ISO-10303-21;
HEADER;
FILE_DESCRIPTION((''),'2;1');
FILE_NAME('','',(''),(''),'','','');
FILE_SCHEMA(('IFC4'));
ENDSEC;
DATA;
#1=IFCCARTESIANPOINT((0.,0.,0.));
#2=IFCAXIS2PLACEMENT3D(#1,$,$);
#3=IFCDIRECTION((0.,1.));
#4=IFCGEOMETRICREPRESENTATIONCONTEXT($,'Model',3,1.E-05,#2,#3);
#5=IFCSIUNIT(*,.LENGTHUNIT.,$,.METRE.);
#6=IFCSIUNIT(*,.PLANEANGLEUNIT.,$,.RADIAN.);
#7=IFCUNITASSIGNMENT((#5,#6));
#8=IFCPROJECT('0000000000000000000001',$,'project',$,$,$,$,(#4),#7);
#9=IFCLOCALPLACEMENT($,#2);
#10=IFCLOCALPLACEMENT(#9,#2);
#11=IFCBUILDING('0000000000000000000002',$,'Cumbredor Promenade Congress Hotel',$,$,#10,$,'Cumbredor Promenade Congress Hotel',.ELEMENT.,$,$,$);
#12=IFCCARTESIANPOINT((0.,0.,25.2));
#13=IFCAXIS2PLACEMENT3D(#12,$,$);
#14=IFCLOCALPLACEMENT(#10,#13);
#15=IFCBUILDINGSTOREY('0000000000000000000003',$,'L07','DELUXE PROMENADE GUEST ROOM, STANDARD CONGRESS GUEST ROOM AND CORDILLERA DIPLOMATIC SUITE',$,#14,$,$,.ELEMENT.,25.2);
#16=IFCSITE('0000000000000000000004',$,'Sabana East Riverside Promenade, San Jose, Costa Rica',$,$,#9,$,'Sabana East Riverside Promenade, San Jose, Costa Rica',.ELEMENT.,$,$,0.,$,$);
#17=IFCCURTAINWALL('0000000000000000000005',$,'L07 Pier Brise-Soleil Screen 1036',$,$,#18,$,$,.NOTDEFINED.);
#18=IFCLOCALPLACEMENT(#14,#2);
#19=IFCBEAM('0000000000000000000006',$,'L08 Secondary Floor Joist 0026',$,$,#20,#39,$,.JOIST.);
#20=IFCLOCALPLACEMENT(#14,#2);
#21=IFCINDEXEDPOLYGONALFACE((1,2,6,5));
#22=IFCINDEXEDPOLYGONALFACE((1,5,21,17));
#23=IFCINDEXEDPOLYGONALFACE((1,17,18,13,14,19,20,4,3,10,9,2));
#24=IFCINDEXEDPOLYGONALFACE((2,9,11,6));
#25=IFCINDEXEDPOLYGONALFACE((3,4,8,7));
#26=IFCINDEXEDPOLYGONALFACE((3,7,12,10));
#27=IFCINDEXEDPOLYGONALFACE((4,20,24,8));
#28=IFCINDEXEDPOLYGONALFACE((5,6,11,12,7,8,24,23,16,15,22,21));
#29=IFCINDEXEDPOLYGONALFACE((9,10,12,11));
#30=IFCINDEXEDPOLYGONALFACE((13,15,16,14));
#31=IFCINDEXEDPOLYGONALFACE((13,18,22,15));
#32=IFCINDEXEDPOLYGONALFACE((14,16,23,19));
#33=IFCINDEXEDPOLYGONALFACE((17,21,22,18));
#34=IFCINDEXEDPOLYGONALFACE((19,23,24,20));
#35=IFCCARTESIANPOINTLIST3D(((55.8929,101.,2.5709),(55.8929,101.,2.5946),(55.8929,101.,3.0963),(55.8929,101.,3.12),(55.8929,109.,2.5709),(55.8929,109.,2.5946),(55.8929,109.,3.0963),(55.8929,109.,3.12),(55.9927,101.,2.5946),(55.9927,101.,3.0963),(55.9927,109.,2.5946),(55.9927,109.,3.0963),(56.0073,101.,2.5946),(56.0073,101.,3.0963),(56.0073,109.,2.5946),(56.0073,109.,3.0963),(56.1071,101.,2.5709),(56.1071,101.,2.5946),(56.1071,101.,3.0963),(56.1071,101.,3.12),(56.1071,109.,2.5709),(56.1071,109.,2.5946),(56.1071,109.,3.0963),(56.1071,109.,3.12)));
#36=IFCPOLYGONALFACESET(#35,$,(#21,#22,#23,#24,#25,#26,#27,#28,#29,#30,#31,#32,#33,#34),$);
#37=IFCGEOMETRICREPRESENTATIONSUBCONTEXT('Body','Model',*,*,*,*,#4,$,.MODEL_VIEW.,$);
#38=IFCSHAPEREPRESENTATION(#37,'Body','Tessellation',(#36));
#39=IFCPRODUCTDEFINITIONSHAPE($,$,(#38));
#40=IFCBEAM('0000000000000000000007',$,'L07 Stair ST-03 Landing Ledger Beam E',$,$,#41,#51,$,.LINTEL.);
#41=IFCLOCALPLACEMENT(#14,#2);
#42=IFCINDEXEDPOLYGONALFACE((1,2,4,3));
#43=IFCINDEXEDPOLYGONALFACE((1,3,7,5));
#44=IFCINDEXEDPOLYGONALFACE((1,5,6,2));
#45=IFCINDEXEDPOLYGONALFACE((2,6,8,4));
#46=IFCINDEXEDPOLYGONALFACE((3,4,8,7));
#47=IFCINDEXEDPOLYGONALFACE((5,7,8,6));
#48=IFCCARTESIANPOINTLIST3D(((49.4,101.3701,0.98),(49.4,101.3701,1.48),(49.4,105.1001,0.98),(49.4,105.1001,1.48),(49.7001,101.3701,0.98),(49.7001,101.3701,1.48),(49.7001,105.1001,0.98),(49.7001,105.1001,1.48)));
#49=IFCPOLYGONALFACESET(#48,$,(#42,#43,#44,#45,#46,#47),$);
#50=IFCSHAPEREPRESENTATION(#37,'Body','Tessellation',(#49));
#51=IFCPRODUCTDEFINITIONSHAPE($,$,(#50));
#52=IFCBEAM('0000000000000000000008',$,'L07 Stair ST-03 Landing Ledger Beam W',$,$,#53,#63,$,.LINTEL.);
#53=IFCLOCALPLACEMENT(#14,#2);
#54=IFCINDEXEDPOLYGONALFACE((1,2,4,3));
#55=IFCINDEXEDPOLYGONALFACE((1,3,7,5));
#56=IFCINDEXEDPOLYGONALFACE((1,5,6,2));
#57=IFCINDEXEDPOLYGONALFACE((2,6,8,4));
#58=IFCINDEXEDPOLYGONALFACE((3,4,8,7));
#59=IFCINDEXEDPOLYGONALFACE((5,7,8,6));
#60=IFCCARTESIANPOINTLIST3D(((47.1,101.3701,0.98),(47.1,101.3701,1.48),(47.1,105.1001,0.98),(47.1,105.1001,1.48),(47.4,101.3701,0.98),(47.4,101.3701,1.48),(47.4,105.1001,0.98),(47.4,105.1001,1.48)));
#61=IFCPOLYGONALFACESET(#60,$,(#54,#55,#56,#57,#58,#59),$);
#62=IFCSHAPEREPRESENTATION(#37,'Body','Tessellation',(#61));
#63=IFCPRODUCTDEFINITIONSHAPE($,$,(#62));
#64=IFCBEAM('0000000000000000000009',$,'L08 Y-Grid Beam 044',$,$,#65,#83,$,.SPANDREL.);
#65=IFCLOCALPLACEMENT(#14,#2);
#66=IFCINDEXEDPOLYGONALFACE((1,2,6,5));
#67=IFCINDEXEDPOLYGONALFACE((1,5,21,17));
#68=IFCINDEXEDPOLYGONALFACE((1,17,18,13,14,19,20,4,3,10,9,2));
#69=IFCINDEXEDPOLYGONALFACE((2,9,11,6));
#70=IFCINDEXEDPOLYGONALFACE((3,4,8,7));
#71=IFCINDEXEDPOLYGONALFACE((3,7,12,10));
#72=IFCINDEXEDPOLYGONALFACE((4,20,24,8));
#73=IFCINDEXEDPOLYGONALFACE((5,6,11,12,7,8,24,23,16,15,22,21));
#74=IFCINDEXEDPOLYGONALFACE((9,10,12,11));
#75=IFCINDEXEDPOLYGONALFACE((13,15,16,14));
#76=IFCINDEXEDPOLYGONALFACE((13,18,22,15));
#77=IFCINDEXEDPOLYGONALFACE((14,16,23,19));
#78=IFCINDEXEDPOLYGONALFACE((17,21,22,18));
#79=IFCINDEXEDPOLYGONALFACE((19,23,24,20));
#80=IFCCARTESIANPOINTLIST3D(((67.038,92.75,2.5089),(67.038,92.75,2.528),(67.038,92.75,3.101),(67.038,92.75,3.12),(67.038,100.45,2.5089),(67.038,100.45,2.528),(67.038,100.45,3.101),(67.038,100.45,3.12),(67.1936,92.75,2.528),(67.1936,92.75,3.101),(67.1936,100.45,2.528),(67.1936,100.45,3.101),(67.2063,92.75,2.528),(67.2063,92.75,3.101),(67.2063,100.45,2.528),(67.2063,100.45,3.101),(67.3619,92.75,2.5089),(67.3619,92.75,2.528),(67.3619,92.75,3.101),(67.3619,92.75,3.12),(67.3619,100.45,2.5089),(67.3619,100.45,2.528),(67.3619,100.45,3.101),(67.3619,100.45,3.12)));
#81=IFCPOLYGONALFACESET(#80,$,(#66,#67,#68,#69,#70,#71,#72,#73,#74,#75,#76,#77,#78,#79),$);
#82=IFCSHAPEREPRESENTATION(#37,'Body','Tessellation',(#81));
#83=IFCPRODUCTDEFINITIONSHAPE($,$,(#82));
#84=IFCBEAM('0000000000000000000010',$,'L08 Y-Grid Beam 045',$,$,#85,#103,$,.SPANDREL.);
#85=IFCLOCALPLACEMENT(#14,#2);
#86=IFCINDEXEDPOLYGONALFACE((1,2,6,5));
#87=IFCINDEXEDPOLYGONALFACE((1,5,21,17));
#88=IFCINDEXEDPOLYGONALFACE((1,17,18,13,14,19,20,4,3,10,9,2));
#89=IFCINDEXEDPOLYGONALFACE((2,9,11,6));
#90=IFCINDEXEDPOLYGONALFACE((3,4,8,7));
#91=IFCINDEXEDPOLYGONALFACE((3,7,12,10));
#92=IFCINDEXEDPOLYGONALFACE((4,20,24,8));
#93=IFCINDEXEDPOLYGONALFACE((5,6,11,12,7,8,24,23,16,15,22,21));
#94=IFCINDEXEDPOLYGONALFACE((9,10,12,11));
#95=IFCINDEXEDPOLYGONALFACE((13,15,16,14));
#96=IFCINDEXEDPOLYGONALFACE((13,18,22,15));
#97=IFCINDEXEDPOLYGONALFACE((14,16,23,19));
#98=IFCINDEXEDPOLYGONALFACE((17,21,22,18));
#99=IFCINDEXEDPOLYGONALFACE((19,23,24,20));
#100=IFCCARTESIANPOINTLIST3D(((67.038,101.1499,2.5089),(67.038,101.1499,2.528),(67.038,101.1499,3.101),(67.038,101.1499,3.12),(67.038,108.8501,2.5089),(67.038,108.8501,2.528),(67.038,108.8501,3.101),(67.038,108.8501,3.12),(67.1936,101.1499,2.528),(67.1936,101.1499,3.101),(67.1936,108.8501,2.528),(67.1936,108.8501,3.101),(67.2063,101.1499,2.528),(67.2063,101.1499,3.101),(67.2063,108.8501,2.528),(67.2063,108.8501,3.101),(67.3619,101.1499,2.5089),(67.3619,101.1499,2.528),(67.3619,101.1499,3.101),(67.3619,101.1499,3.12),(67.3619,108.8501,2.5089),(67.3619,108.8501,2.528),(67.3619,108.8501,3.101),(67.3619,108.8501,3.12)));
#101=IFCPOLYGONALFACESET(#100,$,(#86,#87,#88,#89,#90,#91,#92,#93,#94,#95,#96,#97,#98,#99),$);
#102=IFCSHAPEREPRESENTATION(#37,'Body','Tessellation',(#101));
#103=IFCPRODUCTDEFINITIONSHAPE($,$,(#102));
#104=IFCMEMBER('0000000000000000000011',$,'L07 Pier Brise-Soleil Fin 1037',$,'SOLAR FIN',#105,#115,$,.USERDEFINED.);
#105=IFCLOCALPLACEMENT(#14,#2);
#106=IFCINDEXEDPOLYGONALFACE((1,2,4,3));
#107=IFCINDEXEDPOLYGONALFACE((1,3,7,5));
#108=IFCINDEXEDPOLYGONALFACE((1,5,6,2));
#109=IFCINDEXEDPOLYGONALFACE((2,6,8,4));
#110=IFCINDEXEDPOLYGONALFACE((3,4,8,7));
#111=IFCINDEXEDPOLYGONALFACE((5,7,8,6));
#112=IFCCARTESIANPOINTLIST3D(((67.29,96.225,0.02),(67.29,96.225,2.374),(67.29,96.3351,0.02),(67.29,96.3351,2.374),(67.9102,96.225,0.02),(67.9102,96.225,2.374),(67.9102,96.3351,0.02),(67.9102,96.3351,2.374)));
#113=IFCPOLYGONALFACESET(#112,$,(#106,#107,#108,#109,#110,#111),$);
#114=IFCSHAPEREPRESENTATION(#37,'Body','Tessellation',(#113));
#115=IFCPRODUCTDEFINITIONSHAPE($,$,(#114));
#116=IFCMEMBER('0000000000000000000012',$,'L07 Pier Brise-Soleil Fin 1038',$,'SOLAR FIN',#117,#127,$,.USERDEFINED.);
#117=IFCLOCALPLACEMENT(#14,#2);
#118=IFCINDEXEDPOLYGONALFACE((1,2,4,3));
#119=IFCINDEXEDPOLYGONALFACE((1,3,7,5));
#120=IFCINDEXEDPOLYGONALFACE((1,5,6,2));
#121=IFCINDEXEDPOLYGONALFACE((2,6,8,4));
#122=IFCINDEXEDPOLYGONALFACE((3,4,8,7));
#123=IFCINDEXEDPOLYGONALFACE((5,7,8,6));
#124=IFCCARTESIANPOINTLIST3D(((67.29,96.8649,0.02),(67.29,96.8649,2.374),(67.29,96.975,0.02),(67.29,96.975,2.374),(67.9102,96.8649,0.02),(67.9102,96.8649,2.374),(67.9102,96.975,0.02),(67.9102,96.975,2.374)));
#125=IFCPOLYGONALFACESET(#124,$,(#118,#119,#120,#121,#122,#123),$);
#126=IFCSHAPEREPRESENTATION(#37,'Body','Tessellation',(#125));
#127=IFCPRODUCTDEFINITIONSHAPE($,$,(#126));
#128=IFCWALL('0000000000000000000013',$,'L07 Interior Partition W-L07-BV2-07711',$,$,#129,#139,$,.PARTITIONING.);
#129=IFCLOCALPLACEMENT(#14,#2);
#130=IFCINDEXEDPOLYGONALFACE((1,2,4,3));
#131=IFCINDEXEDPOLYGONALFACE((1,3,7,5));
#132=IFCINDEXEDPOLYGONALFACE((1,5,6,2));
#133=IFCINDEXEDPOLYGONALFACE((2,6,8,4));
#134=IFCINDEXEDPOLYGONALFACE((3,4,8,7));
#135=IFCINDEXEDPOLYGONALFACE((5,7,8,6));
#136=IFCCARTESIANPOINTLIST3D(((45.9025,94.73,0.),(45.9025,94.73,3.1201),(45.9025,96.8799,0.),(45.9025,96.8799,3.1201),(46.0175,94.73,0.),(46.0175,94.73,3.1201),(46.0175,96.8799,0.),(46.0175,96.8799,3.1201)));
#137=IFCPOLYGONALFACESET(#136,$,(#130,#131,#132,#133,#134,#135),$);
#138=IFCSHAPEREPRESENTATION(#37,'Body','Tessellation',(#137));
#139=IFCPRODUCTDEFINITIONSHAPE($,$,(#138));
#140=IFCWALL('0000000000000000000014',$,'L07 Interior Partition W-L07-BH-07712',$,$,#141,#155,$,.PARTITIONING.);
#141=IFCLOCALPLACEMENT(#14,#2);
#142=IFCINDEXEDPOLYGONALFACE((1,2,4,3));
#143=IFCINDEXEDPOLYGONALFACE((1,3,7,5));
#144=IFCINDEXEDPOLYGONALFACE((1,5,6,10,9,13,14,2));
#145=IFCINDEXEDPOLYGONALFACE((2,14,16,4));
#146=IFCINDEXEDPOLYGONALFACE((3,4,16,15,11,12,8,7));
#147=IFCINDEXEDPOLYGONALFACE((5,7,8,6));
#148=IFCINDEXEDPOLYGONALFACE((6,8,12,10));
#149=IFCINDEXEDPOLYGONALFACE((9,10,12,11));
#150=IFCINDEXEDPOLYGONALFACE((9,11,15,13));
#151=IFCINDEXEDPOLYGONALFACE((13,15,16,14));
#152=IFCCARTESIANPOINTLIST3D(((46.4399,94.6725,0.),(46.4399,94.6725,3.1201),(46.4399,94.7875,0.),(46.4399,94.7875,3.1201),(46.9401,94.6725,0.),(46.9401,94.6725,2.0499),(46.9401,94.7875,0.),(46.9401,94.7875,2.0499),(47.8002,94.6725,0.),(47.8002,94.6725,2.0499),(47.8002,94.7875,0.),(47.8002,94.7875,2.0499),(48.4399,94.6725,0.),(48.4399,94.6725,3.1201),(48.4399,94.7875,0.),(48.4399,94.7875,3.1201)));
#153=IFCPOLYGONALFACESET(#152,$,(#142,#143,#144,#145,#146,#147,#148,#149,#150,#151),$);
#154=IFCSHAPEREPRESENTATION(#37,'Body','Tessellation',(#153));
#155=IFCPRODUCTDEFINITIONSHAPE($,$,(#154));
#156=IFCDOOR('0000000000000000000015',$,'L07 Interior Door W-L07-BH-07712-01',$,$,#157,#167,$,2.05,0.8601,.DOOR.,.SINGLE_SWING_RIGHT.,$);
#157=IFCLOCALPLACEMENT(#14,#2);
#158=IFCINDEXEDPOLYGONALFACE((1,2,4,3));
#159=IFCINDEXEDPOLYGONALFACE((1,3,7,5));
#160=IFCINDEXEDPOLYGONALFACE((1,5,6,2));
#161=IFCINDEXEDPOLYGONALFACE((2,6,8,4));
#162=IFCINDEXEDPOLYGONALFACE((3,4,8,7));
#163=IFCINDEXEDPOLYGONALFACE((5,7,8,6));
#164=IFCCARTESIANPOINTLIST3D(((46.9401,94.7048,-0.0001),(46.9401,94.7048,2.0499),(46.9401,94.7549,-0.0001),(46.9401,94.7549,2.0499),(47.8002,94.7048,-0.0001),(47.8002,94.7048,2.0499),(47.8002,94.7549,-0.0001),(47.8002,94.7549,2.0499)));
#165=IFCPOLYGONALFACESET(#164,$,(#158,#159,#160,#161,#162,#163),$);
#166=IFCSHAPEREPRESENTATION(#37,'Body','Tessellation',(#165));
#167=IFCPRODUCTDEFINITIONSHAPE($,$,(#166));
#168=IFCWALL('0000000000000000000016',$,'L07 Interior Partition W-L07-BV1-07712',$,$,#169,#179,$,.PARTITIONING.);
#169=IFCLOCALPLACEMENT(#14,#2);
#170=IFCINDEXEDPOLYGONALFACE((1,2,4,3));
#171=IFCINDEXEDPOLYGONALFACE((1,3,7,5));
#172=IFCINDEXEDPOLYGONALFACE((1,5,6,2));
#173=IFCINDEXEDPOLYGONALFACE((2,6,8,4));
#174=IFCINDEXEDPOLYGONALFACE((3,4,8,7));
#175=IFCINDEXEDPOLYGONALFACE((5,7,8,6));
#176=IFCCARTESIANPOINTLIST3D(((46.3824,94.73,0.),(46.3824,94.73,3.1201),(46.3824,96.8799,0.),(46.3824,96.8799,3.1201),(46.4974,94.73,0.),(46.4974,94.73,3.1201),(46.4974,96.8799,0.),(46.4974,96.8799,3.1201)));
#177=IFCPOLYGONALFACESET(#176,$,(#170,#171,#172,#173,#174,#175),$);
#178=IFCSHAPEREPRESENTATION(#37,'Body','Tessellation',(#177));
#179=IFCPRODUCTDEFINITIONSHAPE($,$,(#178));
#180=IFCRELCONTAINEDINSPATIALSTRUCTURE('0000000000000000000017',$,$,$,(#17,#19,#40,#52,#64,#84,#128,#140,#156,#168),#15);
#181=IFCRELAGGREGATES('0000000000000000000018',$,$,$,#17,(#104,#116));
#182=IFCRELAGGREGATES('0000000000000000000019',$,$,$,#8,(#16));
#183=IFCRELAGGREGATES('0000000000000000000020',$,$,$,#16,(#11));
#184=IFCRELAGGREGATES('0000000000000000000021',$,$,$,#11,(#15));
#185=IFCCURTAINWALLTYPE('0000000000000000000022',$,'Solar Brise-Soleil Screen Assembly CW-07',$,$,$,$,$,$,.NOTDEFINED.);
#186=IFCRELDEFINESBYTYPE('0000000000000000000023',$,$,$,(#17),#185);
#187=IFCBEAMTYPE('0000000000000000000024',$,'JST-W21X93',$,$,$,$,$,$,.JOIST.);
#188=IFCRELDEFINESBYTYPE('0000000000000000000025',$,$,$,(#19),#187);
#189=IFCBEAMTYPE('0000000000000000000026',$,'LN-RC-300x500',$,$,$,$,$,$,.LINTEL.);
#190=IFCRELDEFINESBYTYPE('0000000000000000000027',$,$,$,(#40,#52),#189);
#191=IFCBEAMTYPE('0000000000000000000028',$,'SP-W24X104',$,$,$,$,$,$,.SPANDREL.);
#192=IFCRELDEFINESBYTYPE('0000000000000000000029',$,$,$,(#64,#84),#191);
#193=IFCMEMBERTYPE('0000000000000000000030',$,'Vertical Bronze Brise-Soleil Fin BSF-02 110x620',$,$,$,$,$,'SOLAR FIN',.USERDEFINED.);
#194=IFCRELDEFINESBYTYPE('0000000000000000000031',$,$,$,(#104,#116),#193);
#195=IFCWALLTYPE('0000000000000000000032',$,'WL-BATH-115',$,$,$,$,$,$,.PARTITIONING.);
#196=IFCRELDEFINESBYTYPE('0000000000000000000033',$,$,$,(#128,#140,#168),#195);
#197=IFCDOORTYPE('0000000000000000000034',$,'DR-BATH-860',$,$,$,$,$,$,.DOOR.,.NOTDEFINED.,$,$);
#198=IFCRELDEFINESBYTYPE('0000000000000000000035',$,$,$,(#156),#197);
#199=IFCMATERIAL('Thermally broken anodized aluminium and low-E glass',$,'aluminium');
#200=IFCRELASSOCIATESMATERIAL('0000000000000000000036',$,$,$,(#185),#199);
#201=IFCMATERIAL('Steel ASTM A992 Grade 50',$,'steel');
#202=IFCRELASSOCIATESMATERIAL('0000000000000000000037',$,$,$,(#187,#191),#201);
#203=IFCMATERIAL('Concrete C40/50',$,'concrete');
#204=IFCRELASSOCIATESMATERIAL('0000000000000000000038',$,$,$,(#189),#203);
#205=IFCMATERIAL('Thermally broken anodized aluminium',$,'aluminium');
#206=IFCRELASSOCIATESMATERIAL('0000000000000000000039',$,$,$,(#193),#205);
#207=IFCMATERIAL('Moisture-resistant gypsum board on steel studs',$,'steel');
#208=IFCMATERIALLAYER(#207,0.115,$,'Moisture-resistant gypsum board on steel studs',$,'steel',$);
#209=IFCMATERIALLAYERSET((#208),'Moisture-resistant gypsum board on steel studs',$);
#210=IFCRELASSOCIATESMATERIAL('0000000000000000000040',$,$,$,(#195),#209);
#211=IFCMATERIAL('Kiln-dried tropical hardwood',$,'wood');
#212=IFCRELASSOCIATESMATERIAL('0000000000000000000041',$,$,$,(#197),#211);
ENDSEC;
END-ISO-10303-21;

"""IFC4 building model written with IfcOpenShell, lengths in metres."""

from ifc_helpers import new_model, si_unit, direction, frame, frame_2d, origin, origin_2d, place, context, subcontext, project, spatial, rectangle, i_section, extrude, material, layer, layer_set, material_profile, profile_set, type_object, element, fill, aggregate, save


model = new_model("IFC4")

# Units and contexts
model_context = context("Model", 3, precision=1e-05, world=origin(), true_north=direction((0.0, 1.0)))
body_context = subcontext(model_context, "Body", "Model", "MODEL_VIEW")
ifc_project = project(units=[si_unit("LENGTHUNIT", "METRE"), si_unit("PLANEANGLEUNIT", "RADIAN")], contexts=[model_context])

# Site, building, storey
site_placement = place(None, origin())
site = spatial("IfcSite", under=ifc_project, at=site_placement, Name="Sabana East Riverside Promenade, San Jose, Costa Rica", LongName="Sabana East Riverside Promenade, San Jose, Costa Rica", CompositionType="ELEMENT", RefElevation=0.0)
building_placement = place(site_placement, origin())
building = spatial("IfcBuilding", under=site, at=building_placement, Name="Cumbredor Promenade Congress Hotel", LongName="Cumbredor Promenade Congress Hotel", CompositionType="ELEMENT")
storey_placement = place(building_placement, frame((0.0, 0.0, 25.2)))
storey = spatial("IfcBuildingStorey", under=building, at=storey_placement, Name="L07", Description="DELUXE PROMENADE GUEST ROOM, STANDARD CONGRESS GUEST ROOM AND CORDILLERA DIPLOMATIC SUITE", CompositionType="ELEMENT", Elevation=25.2)

# Shared definitions
ifc_material_1 = material(Name="Concrete C40/50", Category="concrete")

# Curtain wall
ifc_material_2 = material(Name="Thermally broken anodized aluminium and low-E glass", Category="aluminium")
curtain_wall_type = type_object("IfcCurtainWallType", Name="Solar Brise-Soleil Screen Assembly CW-07", PredefinedType="NOTDEFINED", material=ifc_material_2)
curtain_wall_placement = place(storey_placement, origin())
curtain_wall = element("IfcCurtainWall", 1, at=curtain_wall_placement, inside=storey, type_object=curtain_wall_type, Name="L07 Pier Brise-Soleil Screen 1036", PredefinedType="NOTDEFINED")
ifc_material_3 = material(Name="Thermally broken anodized aluminium", Category="aluminium")

# Beams
ifc_material_4 = material(Name="Steel ASTM A992 Grade 50", Category="steel")
ifc_material_profile_1 = material_profile(ifc_material_4, i_section(OverallWidth=0.2141, OverallDepth=0.5491, WebThickness=0.0146, FlangeThickness=0.0237, at=origin_2d()), Name="W21X93")
ifc_profile_set_1 = profile_set([ifc_material_profile_1], Name="Steel ASTM A992 Grade 50")
beam_type_1 = type_object("IfcBeamType", Name="JST-W21X93", PredefinedType="JOIST", material=ifc_profile_set_1)
for number, where, z_axis, x_axis, name in (
    (2, (56.0, 101.0, 2.8455), (0.0, 1.0, 0.0), (-1.0, 0.0, 0.0), "L08 Secondary Floor Joist 0026"),
):
    element("IfcBeam", number, at=place(storey_placement, frame(where, z_axis=z_axis, x_axis=x_axis)), inside=storey, type_object=beam_type_1, Name=name, PredefinedType="JOIST", context=body_context, shape_type="SweptSolid", body=[
        extrude(i_section(OverallWidth=0.2141, OverallDepth=0.5491, WebThickness=0.0146, FlangeThickness=0.0237, at=origin_2d()), origin(), (0.0, 0.0, 1.0), 8.0),
    ])
ifc_material_profile_2 = material_profile(ifc_material_1, rectangle(XDim=0.3, YDim=0.5, at=origin_2d()), Name="RC LINTEL 300x500")
ifc_profile_set_2 = profile_set([ifc_material_profile_2], Name="Concrete C40/50")
beam_type_2 = type_object("IfcBeamType", Name="LN-RC-300x500", PredefinedType="LINTEL", material=ifc_profile_set_2)
for number, where, z_axis, x_axis, name in (
    (3, (49.55, 101.3701, 1.23), (0.0, 1.0, 0.0), (-1.0, 0.0, 0.0), "L07 Stair ST-03 Landing Ledger Beam E"),
    (4, (47.25, 101.3701, 1.23), (0.0, 1.0, 0.0), (-1.0, 0.0, 0.0), "L07 Stair ST-03 Landing Ledger Beam W"),
):
    element("IfcBeam", number, at=place(storey_placement, frame(where, z_axis=z_axis, x_axis=x_axis)), inside=storey, type_object=beam_type_2, Name=name, PredefinedType="LINTEL", context=body_context, shape_type="SweptSolid", body=[
        extrude(rectangle(XDim=0.3, YDim=0.5, at=origin_2d()), origin(), (0.0, 0.0, 1.0), 3.73),
    ])
ifc_material_profile_3 = material_profile(ifc_material_4, i_section(OverallWidth=0.324, OverallDepth=0.6111, WebThickness=0.0127, FlangeThickness=0.019, at=origin_2d()), Name="W24X104")
ifc_profile_set_3 = profile_set([ifc_material_profile_3], Name="Steel ASTM A992 Grade 50")
beam_type_3 = type_object("IfcBeamType", Name="SP-W24X104", PredefinedType="SPANDREL", material=ifc_profile_set_3)
beam_1_placement = place(storey_placement, frame((67.2, 92.75, 2.8145), z_axis=(0.0, 1.0, 0.0), x_axis=(-1.0, 0.0, 0.0)))
element("IfcBeam", 5, at=beam_1_placement, inside=storey, type_object=beam_type_3, Name="L08 Y-Grid Beam 044", PredefinedType="SPANDREL", context=body_context, shape_type="SweptSolid", body=[
    extrude(i_section(OverallWidth=0.324, OverallDepth=0.6111, WebThickness=0.0127, FlangeThickness=0.019, at=origin_2d()), origin(), (0.0, 0.0, 1.0), 7.7),
])
beam_2_placement = place(storey_placement, frame((67.2, 101.1499, 2.8145), z_axis=(0.0, 1.0, 0.0), x_axis=(-1.0, 0.0, 0.0)))
element("IfcBeam", 6, at=beam_2_placement, inside=storey, type_object=beam_type_3, Name="L08 Y-Grid Beam 045", PredefinedType="SPANDREL", context=body_context, shape_type="SweptSolid", body=[
    extrude(i_section(OverallWidth=0.324, OverallDepth=0.6111, WebThickness=0.0127, FlangeThickness=0.019, at=origin_2d()), origin(), (0.0, 0.0, 1.0), 7.7002),
])

# Members
ifc_material_profile_4 = material_profile(ifc_material_3, rectangle(XDim=0.1101, YDim=0.6201, at=origin_2d()), Name="ARCH FIN 110x620")
ifc_profile_set_4 = profile_set([ifc_material_profile_4], Name="Thermally broken anodized aluminium")
member_type_1 = type_object("IfcMemberType", Name="Vertical Bronze Brise-Soleil Fin BSF-02 110x620", ElementType="SOLAR FIN", PredefinedType="USERDEFINED", material=ifc_profile_set_4)
member_1_placement = place(storey_placement, frame((67.6001, 96.28, 0.02), z_axis=(0.0, 0.0, 1.0), x_axis=(0.0, 1.0, 0.0)))
member_1 = element("IfcMember", 7, at=member_1_placement, type_object=member_type_1, Name="L07 Pier Brise-Soleil Fin 1037", ObjectType="SOLAR FIN", PredefinedType="USERDEFINED", context=body_context, shape_type="SweptSolid", body=[
    extrude(rectangle(XDim=0.1101, YDim=0.6201, at=origin_2d()), origin(), (0.0, 0.0, 1.0), 2.354),
])
member_2_placement = place(storey_placement, frame((67.6001, 96.9199, 0.02), z_axis=(0.0, 0.0, 1.0), x_axis=(0.0, 1.0, 0.0)))
member_2 = element("IfcMember", 8, at=member_2_placement, type_object=member_type_1, Name="L07 Pier Brise-Soleil Fin 1038", ObjectType="SOLAR FIN", PredefinedType="USERDEFINED", context=body_context, shape_type="SweptSolid", body=[
    extrude(rectangle(XDim=0.1101, YDim=0.6201, at=origin_2d()), origin(), (0.0, 0.0, 1.0), 2.354),
])
aggregate(curtain_wall, [member_1, member_2])

# Wall
ifc_material_5 = material(Name="Moisture-resistant gypsum board on steel studs", Category="steel")
ifc_layer_1 = layer(ifc_material_5, 0.115, Name="Moisture-resistant gypsum board on steel studs", Category="steel")
ifc_layer_set_1 = layer_set([ifc_layer_1], Name="Moisture-resistant gypsum board on steel studs")
wall_type_1 = type_object("IfcWallType", Name="WL-BATH-115", PredefinedType="PARTITIONING", material=ifc_layer_set_1)
wall_1_placement = place(storey_placement, frame((45.96, 94.73, 0.0), z_axis=(0.0, 0.0, 1.0), x_axis=(0.0, 1.0, 0.0)))
element("IfcWall", 9, at=wall_1_placement, inside=storey, type_object=wall_type_1, Name="L07 Interior Partition W-L07-BV2-07711", PredefinedType="PARTITIONING", context=body_context, shape_type="SweptSolid", body=[
    extrude(rectangle(XDim=2.1499, YDim=0.115, at=frame_2d((1.075, 0.0))), origin(), (0.0, 0.0, 1.0), 3.1201),
])

# Wall, opening, door
wall_2_placement = place(storey_placement, frame((46.4399, 94.73, 0.0), z_axis=(0.0, 0.0, 1.0), x_axis=(1.0, 0.0, 0.0)))
wall_2 = element("IfcWall", 10, at=wall_2_placement, inside=storey, type_object=wall_type_1, Name="L07 Interior Partition W-L07-BH-07712", PredefinedType="PARTITIONING", context=body_context, shape_type="SweptSolid", body=[
    extrude(rectangle(XDim=2.0, YDim=0.115, at=frame_2d((1.0, 0.0))), origin(), (0.0, 0.0, 1.0), 3.1201),
])
opening_1_placement = place(wall_2_placement, frame((0.5, 0.0, 0.0)))
opening_1 = element("IfcOpeningElement", 11, at=opening_1_placement, cuts=wall_2, PredefinedType="OPENING", context=body_context, shape_type="SweptSolid", body=[
    extrude(rectangle(XDim=0.8601, YDim=2.05, at=frame_2d((0.4302, 1.0249))), frame((0.0, 0.0674, 0.0), z_axis=(0.0, -1.0, 0.0), x_axis=(1.0, 0.0, 0.0)), (0.0, 0.0, 1.0), 0.135),
])
ifc_material_6 = material(Name="Kiln-dried tropical hardwood", Category="wood")
door_type = type_object("IfcDoorType", Name="DR-BATH-860", OperationType="NOTDEFINED", PredefinedType="DOOR", material=ifc_material_6)
door_placement = place(opening_1_placement, origin())
door = element("IfcDoor", 12, at=door_placement, inside=storey, type_object=door_type, Name="L07 Interior Door W-L07-BH-07712-01", OperationType="SINGLE_SWING_RIGHT", OverallHeight=2.05, OverallWidth=0.8601, PredefinedType="DOOR", context=body_context, shape_type="SweptSolid", body=[
    extrude(rectangle(XDim=0.8601, YDim=2.05, at=frame_2d((0.4302, 1.0249))), frame((0.0, 0.0249, 0.0), z_axis=(0.0, -1.0, 0.0), x_axis=(1.0, 0.0, 0.0)), (0.0, 0.0, 1.0), 0.05),
])
fill(opening_1, door)

# Wall
wall_3_placement = place(storey_placement, frame((46.4399, 94.73, 0.0), z_axis=(0.0, 0.0, 1.0), x_axis=(0.0, 1.0, 0.0)))
element("IfcWall", 13, at=wall_3_placement, inside=storey, type_object=wall_type_1, Name="L07 Interior Partition W-L07-BV1-07712", PredefinedType="PARTITIONING", context=body_context, shape_type="SweptSolid", body=[
    extrude(rectangle(XDim=2.1499, YDim=0.115, at=frame_2d((1.075, 0.0))), origin(), (0.0, 0.0, 1.0), 3.1201),
])

save(model, "model.ifc")
